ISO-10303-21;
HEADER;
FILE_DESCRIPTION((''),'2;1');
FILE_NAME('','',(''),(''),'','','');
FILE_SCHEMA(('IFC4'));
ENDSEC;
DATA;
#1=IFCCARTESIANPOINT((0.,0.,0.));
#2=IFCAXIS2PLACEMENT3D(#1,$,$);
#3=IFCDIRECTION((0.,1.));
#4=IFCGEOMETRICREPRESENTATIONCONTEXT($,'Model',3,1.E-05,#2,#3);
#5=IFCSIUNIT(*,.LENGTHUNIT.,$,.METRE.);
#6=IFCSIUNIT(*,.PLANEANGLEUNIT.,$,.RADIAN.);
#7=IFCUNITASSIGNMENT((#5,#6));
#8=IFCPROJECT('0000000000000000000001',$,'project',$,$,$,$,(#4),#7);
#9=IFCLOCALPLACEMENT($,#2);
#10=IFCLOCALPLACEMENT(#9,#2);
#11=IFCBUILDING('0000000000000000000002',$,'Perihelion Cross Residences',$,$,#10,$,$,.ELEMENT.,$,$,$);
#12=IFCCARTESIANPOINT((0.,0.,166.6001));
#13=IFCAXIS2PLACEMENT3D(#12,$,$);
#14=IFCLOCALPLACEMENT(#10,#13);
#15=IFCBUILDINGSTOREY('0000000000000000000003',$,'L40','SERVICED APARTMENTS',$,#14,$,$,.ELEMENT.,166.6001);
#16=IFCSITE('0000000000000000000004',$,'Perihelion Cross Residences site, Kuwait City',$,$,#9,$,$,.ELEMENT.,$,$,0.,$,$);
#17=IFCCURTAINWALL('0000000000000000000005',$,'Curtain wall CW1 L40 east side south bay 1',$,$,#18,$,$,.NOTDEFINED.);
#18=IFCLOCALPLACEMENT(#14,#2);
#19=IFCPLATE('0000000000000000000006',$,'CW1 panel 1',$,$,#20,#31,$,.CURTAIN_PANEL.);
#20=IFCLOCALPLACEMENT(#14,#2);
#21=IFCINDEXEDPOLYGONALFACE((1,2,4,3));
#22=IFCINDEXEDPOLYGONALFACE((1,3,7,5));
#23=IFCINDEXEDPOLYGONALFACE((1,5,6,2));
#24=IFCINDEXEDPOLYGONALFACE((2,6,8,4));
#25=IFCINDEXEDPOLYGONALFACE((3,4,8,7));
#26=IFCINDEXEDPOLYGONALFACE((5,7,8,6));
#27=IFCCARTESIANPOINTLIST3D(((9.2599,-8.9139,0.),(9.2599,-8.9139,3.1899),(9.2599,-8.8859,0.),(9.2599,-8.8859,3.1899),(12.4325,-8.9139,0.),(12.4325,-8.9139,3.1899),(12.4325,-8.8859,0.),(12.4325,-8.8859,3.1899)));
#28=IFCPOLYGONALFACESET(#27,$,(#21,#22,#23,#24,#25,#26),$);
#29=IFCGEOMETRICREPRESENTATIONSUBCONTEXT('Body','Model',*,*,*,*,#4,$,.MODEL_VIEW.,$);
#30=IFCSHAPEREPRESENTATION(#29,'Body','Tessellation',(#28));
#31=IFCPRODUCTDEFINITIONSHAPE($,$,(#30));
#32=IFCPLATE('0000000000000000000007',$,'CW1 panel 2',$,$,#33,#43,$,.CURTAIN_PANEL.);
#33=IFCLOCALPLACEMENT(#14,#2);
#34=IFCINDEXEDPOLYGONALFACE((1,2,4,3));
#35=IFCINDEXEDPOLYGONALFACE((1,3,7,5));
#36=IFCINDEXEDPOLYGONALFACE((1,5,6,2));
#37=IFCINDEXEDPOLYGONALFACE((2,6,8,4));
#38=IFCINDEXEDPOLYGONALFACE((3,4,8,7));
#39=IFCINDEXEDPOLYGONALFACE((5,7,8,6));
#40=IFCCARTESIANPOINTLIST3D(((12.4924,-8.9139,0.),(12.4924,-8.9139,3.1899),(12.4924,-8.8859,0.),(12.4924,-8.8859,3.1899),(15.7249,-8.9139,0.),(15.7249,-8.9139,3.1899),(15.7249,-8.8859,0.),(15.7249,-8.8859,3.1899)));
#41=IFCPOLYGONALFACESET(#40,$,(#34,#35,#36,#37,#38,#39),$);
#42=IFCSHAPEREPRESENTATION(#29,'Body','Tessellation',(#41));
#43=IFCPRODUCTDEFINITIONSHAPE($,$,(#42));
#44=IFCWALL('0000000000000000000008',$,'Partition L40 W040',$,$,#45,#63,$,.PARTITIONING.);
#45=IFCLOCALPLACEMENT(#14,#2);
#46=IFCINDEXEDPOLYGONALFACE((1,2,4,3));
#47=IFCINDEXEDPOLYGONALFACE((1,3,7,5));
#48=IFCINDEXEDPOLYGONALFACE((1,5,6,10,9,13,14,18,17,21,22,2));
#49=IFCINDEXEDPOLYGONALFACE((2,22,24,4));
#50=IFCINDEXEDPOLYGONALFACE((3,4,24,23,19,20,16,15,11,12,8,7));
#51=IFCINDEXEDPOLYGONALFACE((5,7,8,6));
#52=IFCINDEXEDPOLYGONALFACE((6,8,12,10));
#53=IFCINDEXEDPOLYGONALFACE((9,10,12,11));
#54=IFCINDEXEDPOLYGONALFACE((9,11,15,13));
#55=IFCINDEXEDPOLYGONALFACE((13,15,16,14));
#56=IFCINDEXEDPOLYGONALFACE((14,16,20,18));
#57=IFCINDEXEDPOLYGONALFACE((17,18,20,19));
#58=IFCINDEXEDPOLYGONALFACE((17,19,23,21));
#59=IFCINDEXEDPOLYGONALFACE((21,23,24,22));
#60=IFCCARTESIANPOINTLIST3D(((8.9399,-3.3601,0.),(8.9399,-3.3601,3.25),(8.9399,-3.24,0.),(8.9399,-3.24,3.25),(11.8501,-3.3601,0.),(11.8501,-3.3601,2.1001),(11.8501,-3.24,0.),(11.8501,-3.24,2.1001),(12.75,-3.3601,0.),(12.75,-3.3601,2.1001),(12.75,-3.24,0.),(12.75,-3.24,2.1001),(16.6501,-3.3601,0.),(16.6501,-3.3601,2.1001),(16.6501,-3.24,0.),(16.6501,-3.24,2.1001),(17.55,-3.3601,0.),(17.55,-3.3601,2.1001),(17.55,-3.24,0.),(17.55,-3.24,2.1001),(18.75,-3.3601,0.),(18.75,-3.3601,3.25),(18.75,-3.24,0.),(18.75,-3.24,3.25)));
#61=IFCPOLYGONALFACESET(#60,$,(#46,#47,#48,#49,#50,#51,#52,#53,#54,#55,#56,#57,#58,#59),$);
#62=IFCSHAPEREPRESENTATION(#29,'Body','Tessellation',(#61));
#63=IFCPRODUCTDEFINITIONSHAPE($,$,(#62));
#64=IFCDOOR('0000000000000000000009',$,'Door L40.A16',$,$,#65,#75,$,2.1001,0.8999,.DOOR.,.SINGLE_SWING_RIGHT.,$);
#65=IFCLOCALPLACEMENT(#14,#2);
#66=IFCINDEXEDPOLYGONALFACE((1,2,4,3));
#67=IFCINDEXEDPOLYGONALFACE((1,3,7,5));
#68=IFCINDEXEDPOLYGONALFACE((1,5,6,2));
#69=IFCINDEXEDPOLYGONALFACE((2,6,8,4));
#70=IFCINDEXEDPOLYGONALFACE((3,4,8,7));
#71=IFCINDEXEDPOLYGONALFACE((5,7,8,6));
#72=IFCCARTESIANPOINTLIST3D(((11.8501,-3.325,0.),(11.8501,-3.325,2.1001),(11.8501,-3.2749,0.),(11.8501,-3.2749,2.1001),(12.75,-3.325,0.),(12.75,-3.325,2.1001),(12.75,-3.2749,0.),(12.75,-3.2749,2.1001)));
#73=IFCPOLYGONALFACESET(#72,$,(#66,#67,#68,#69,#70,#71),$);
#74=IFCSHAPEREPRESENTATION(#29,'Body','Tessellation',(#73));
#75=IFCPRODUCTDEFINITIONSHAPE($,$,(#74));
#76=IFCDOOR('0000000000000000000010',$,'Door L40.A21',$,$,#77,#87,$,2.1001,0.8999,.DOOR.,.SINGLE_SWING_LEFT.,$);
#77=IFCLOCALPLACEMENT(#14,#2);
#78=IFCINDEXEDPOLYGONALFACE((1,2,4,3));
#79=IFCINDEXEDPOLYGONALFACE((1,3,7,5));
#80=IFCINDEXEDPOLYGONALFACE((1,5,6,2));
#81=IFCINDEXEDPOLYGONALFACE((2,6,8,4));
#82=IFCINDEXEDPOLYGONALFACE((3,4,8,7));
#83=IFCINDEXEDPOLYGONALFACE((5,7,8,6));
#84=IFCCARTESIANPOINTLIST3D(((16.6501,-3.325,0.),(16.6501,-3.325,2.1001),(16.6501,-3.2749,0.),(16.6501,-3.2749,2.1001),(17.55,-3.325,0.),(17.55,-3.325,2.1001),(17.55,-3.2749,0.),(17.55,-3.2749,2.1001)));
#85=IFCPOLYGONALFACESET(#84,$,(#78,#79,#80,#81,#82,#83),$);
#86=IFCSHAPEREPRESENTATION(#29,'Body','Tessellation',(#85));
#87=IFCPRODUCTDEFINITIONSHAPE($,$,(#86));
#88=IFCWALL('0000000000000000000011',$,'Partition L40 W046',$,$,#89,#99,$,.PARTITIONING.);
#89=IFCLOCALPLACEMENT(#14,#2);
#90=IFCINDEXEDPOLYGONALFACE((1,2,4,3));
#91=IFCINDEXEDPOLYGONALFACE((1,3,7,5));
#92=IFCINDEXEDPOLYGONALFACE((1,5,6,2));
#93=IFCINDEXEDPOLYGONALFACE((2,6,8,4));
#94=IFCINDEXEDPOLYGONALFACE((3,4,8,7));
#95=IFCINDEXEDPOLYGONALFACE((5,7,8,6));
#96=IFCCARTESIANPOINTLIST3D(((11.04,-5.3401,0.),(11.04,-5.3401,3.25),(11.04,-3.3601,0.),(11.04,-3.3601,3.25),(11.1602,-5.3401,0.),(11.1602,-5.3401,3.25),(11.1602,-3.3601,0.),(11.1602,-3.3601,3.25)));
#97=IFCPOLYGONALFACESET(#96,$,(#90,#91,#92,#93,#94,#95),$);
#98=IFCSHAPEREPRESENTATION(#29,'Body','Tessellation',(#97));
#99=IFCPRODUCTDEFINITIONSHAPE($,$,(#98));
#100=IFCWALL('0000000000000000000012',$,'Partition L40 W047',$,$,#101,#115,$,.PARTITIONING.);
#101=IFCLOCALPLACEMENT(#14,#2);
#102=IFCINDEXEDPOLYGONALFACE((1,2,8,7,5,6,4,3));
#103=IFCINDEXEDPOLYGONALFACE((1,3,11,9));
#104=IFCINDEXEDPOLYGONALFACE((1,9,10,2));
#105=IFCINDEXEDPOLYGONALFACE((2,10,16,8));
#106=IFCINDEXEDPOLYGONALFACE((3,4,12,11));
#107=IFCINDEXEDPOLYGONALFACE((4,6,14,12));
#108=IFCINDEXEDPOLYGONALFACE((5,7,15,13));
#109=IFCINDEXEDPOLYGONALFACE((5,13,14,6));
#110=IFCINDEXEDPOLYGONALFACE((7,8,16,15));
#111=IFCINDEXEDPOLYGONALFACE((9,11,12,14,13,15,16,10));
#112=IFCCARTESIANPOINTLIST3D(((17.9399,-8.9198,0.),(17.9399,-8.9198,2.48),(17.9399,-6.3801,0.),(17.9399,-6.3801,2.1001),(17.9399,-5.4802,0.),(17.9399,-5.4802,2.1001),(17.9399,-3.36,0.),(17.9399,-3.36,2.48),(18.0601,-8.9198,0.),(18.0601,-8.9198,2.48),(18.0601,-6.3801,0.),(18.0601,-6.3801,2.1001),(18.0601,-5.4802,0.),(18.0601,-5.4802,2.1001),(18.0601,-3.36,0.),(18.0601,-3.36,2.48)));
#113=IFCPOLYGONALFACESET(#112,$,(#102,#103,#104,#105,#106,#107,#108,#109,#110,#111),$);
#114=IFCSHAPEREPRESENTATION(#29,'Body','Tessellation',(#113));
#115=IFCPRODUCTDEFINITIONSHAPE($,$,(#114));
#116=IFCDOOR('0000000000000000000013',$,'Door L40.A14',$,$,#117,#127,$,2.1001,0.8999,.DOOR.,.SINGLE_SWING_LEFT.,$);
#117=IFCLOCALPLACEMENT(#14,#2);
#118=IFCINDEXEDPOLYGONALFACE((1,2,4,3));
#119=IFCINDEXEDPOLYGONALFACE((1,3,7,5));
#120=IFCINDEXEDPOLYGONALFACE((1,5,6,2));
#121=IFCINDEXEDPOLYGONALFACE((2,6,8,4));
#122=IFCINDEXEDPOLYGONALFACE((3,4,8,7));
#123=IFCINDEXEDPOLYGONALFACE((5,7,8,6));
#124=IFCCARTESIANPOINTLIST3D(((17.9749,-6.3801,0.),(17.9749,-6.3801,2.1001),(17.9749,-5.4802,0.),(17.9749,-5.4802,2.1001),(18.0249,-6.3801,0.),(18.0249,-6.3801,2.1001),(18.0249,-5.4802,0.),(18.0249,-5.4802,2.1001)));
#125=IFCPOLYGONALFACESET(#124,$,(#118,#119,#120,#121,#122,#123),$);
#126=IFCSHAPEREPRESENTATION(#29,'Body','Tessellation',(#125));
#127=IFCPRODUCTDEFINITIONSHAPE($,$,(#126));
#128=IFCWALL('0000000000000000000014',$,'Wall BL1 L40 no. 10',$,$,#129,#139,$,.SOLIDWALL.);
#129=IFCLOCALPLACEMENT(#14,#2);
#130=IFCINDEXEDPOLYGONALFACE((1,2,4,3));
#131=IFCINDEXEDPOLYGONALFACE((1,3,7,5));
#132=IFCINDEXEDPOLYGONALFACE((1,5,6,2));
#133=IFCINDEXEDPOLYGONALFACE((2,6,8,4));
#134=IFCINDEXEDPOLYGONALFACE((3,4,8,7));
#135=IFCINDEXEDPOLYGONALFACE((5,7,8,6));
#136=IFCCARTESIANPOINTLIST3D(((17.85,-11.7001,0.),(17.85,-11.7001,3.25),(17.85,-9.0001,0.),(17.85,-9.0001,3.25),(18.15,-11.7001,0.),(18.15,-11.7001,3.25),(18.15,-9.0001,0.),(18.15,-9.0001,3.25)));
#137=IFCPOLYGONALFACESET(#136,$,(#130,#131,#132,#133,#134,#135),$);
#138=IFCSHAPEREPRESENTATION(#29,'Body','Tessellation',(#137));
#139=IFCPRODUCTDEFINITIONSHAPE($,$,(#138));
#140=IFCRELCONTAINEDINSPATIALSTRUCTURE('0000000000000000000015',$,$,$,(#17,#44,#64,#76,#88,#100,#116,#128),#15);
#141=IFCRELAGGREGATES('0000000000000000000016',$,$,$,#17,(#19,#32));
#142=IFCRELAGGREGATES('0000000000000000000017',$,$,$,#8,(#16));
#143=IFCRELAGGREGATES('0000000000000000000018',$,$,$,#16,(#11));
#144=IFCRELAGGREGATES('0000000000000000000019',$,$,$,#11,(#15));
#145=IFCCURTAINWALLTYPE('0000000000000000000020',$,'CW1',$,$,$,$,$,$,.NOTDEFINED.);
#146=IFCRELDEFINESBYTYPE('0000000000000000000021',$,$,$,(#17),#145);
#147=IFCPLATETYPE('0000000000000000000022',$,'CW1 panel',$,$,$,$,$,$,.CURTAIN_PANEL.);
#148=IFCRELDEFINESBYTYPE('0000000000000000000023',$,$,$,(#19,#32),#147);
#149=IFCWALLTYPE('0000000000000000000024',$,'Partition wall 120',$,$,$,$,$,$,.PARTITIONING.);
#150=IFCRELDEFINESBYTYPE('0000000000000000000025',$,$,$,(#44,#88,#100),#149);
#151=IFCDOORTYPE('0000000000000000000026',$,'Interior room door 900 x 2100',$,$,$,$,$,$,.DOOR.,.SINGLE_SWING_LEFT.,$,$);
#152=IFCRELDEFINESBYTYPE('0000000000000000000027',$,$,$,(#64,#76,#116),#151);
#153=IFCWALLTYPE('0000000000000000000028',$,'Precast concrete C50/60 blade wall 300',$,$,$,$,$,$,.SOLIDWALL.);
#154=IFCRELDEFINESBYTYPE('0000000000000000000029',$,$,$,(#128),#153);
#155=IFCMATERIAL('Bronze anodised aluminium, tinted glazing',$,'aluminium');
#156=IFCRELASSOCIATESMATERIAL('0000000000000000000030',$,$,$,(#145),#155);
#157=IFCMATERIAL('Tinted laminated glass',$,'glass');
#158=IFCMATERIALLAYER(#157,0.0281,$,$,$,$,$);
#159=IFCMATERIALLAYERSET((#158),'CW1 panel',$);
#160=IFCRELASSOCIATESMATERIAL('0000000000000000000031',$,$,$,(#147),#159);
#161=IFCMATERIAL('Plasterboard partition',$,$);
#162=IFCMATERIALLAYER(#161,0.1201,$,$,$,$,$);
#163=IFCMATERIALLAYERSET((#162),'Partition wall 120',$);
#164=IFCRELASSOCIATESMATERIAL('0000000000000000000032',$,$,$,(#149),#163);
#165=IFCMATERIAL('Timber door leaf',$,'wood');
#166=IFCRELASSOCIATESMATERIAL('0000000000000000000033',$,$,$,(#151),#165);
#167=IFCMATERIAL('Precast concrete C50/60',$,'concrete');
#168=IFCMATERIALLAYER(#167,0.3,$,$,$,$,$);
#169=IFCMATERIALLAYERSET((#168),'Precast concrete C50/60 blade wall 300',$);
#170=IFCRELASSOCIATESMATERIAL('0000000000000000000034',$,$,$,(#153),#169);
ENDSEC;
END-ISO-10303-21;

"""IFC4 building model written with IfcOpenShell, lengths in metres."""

from ifc_helpers import new_model, si_unit, direction, frame, frame_2d, origin, origin_2d, place, context, subcontext, project, spatial, rectangle, extrude, material, layer, layer_set, type_object, element, fill, aggregate, save


model = new_model("IFC4")

# Units and contexts
model_context = context("Model", 3, precision=1e-05, world=origin(), true_north=direction((0.0, 1.0)))
body_context = subcontext(model_context, "Body", "Model", "MODEL_VIEW")
ifc_project = project(units=[si_unit("LENGTHUNIT", "METRE"), si_unit("PLANEANGLEUNIT", "RADIAN")], contexts=[model_context])

# Site, building, storey
site_placement = place(None, origin())
site = spatial("IfcSite", under=ifc_project, at=site_placement, Name="Perihelion Cross Residences site, Kuwait City", CompositionType="ELEMENT", RefElevation=0.0)
building_placement = place(site_placement, origin())
building = spatial("IfcBuilding", under=site, at=building_placement, Name="Perihelion Cross Residences", CompositionType="ELEMENT")
storey_placement = place(building_placement, frame((0.0, 0.0, 166.6001)))
storey = spatial("IfcBuildingStorey", under=building, at=storey_placement, Name="L40", Description="SERVICED APARTMENTS", CompositionType="ELEMENT", Elevation=166.6001)

# Curtain wall
ifc_material_1 = material(Name="Bronze anodised aluminium, tinted glazing", Category="aluminium")
curtain_wall_type = type_object("IfcCurtainWallType", Name="CW1", PredefinedType="NOTDEFINED", material=ifc_material_1)
curtain_wall_placement = place(storey_placement, origin())
curtain_wall = element("IfcCurtainWall", 1, at=curtain_wall_placement, inside=storey, type_object=curtain_wall_type, Name="Curtain wall CW1 L40 east side south bay 1", PredefinedType="NOTDEFINED")

# Plates
ifc_material_2 = material(Name="Tinted laminated glass", Category="glass")
ifc_layer_1 = layer(ifc_material_2, 0.0281)
ifc_layer_set_1 = layer_set([ifc_layer_1], Name="CW1 panel")
plate_type = type_object("IfcPlateType", Name="CW1 panel", PredefinedType="CURTAIN_PANEL", material=ifc_layer_set_1)
plate_1_placement = place(storey_placement, frame((10.8462, -8.8999, 0.0), z_axis=(0.0, 0.0, 1.0), x_axis=(1.0, 0.0, 0.0)))
plate_1 = element("IfcPlate", 2, at=plate_1_placement, type_object=plate_type, Name="CW1 panel 1", PredefinedType="CURTAIN_PANEL", context=body_context, shape_type="SweptSolid", body=[
    extrude(rectangle(XDim=3.1726, YDim=0.0281, at=origin_2d()), origin(), (0.0, 0.0, 1.0), 3.1899),
])
plate_2_placement = place(storey_placement, frame((14.1086, -8.8999, 0.0), z_axis=(0.0, 0.0, 1.0), x_axis=(1.0, 0.0, 0.0)))
plate_2 = element("IfcPlate", 3, at=plate_2_placement, type_object=plate_type, Name="CW1 panel 2", PredefinedType="CURTAIN_PANEL", context=body_context, shape_type="SweptSolid", body=[
    extrude(rectangle(XDim=3.2324, YDim=0.0281, at=origin_2d()), origin(), (0.0, 0.0, 1.0), 3.1899),
])
aggregate(curtain_wall, [plate_1, plate_2])

# Wall, openings, doors
ifc_material_3 = material(Name="Plasterboard partition")
ifc_layer_2 = layer(ifc_material_3, 0.1201)
ifc_layer_set_2 = layer_set([ifc_layer_2], Name="Partition wall 120")
wall_type_1 = type_object("IfcWallType", Name="Partition wall 120", PredefinedType="PARTITIONING", material=ifc_layer_set_2)
wall_1_placement = place(storey_placement, frame((18.75, -3.3, 0.0), z_axis=(0.0, 0.0, 1.0), x_axis=(-1.0, 0.0, 0.0)))
wall_1 = element("IfcWall", 4, at=wall_1_placement, inside=storey, type_object=wall_type_1, Name="Partition L40 W040", PredefinedType="PARTITIONING", context=body_context, shape_type="SweptSolid", body=[
    extrude(rectangle(XDim=9.8101, YDim=0.1201, at=frame_2d((4.905, 0.0))), origin(), (0.0, 0.0, 1.0), 3.25),
])
opening_1_placement = place(wall_1_placement, frame((6.0, 0.0, 0.0)))
opening_1 = element("IfcOpeningElement", 5, at=opening_1_placement, cuts=wall_1, PredefinedType="OPENING", context=body_context, shape_type="SweptSolid", body=[
    extrude(rectangle(XDim=0.8999, YDim=2.1001, at=frame_2d((0.45, 1.05))), frame((0.0, 0.0701, 0.0), z_axis=(0.0, -1.0, 0.0), x_axis=(1.0, 0.0, 0.0)), (0.0, 0.0, 1.0), 0.1401),
])
opening_2_placement = place(wall_1_placement, frame((1.2, 0.0, 0.0)))
opening_2 = element("IfcOpeningElement", 6, at=opening_2_placement, cuts=wall_1, PredefinedType="OPENING", context=body_context, shape_type="SweptSolid", body=[
    extrude(rectangle(XDim=0.8999, YDim=2.1001, at=frame_2d((0.45, 1.05))), frame((0.0, 0.0701, 0.0), z_axis=(0.0, -1.0, 0.0), x_axis=(1.0, 0.0, 0.0)), (0.0, 0.0, 1.0), 0.1401),
])
ifc_material_4 = material(Name="Timber door leaf", Category="wood")
door_type_1 = type_object("IfcDoorType", Name="Interior room door 900 x 2100", OperationType="SINGLE_SWING_LEFT", PredefinedType="DOOR", material=ifc_material_4)
door_1_placement = place(opening_1_placement, origin())
door_1 = element("IfcDoor", 7, at=door_1_placement, inside=storey, type_object=door_type_1, Name="Door L40.A16", OperationType="SINGLE_SWING_RIGHT", OverallHeight=2.1001, OverallWidth=0.8999, PredefinedType="DOOR", context=body_context, shape_type="SweptSolid", body=[
    extrude(rectangle(XDim=0.8999, YDim=2.1001, at=frame_2d((0.45, 1.05))), frame((0.0, 0.0249, 0.0), z_axis=(0.0, -1.0, 0.0), x_axis=(1.0, 0.0, 0.0)), (0.0, 0.0, 1.0), 0.05),
])
fill(opening_1, door_1)
door_2_placement = place(opening_2_placement, origin())
door_2 = element("IfcDoor", 8, at=door_2_placement, inside=storey, type_object=door_type_1, Name="Door L40.A21", OperationType="SINGLE_SWING_LEFT", OverallHeight=2.1001, OverallWidth=0.8999, PredefinedType="DOOR", context=body_context, shape_type="SweptSolid", body=[
    extrude(rectangle(XDim=0.8999, YDim=2.1001, at=frame_2d((0.45, 1.05))), frame((0.0, 0.0249, 0.0), z_axis=(0.0, -1.0, 0.0), x_axis=(1.0, 0.0, 0.0)), (0.0, 0.0, 1.0), 0.05),
])
fill(opening_2, door_2)

# Wall
wall_2_placement = place(storey_placement, frame((11.1001, -5.3401, 0.0), z_axis=(0.0, 0.0, 1.0), x_axis=(0.0, 1.0, 0.0)))
element("IfcWall", 9, at=wall_2_placement, inside=storey, type_object=wall_type_1, Name="Partition L40 W046", PredefinedType="PARTITIONING", context=body_context, shape_type="SweptSolid", body=[
    extrude(rectangle(XDim=1.98, YDim=0.1201, at=frame_2d((0.99, 0.0))), origin(), (0.0, 0.0, 1.0), 3.25),
])

# Wall, opening, door
wall_3_placement = place(storey_placement, frame((18.0, -3.3601, 0.0), z_axis=(0.0, 0.0, 1.0), x_axis=(0.0, -1.0, 0.0)))
wall_3 = element("IfcWall", 10, at=wall_3_placement, inside=storey, type_object=wall_type_1, Name="Partition L40 W047", PredefinedType="PARTITIONING", context=body_context, shape_type="SweptSolid", body=[
    extrude(rectangle(XDim=5.5598, YDim=0.1201, at=frame_2d((2.7798, 0.0))), origin(), (0.0, 0.0, 1.0), 2.48),
])
opening_3_placement = place(wall_3_placement, frame((2.1201, 0.0, 0.0)))
opening_3 = element("IfcOpeningElement", 11, at=opening_3_placement, cuts=wall_3, PredefinedType="OPENING", context=body_context, shape_type="SweptSolid", body=[
    extrude(rectangle(XDim=0.8999, YDim=2.1001, at=frame_2d((0.45, 1.05))), frame((0.0, 0.0701, 0.0), z_axis=(0.0, -1.0, 0.0), x_axis=(1.0, 0.0, 0.0)), (0.0, 0.0, 1.0), 0.1401),
])
door_3_placement = place(opening_3_placement, origin())
door_3 = element("IfcDoor", 12, at=door_3_placement, inside=storey, type_object=door_type_1, Name="Door L40.A14", OperationType="SINGLE_SWING_LEFT", OverallHeight=2.1001, OverallWidth=0.8999, PredefinedType="DOOR", context=body_context, shape_type="SweptSolid", body=[
    extrude(rectangle(XDim=0.8999, YDim=2.1001, at=frame_2d((0.45, 1.05))), frame((0.0, 0.0249, 0.0), z_axis=(0.0, -1.0, 0.0), x_axis=(1.0, 0.0, 0.0)), (0.0, 0.0, 1.0), 0.05),
])
fill(opening_3, door_3)

# Wall
ifc_material_5 = material(Name="Precast concrete C50/60", Category="concrete")
ifc_layer_3 = layer(ifc_material_5, 0.3)
ifc_layer_set_3 = layer_set([ifc_layer_3], Name="Precast concrete C50/60 blade wall 300")
wall_type_2 = type_object("IfcWallType", Name="Precast concrete C50/60 blade wall 300", PredefinedType="SOLIDWALL", material=ifc_layer_set_3)
wall_4_placement = place(storey_placement, frame((18.0, -9.0, 0.0), z_axis=(0.0, 0.0, 1.0), x_axis=(0.0, -1.0, 0.0)))
element("IfcWall", 13, at=wall_4_placement, inside=storey, type_object=wall_type_2, Name="Wall BL1 L40 no. 10", PredefinedType="SOLIDWALL", context=body_context, shape_type="SweptSolid", body=[
    extrude(rectangle(XDim=2.7, YDim=0.3, at=frame_2d((1.3501, 0.0))), origin(), (0.0, 0.0, 1.0), 3.25),
])

save(model, "model.ifc")
